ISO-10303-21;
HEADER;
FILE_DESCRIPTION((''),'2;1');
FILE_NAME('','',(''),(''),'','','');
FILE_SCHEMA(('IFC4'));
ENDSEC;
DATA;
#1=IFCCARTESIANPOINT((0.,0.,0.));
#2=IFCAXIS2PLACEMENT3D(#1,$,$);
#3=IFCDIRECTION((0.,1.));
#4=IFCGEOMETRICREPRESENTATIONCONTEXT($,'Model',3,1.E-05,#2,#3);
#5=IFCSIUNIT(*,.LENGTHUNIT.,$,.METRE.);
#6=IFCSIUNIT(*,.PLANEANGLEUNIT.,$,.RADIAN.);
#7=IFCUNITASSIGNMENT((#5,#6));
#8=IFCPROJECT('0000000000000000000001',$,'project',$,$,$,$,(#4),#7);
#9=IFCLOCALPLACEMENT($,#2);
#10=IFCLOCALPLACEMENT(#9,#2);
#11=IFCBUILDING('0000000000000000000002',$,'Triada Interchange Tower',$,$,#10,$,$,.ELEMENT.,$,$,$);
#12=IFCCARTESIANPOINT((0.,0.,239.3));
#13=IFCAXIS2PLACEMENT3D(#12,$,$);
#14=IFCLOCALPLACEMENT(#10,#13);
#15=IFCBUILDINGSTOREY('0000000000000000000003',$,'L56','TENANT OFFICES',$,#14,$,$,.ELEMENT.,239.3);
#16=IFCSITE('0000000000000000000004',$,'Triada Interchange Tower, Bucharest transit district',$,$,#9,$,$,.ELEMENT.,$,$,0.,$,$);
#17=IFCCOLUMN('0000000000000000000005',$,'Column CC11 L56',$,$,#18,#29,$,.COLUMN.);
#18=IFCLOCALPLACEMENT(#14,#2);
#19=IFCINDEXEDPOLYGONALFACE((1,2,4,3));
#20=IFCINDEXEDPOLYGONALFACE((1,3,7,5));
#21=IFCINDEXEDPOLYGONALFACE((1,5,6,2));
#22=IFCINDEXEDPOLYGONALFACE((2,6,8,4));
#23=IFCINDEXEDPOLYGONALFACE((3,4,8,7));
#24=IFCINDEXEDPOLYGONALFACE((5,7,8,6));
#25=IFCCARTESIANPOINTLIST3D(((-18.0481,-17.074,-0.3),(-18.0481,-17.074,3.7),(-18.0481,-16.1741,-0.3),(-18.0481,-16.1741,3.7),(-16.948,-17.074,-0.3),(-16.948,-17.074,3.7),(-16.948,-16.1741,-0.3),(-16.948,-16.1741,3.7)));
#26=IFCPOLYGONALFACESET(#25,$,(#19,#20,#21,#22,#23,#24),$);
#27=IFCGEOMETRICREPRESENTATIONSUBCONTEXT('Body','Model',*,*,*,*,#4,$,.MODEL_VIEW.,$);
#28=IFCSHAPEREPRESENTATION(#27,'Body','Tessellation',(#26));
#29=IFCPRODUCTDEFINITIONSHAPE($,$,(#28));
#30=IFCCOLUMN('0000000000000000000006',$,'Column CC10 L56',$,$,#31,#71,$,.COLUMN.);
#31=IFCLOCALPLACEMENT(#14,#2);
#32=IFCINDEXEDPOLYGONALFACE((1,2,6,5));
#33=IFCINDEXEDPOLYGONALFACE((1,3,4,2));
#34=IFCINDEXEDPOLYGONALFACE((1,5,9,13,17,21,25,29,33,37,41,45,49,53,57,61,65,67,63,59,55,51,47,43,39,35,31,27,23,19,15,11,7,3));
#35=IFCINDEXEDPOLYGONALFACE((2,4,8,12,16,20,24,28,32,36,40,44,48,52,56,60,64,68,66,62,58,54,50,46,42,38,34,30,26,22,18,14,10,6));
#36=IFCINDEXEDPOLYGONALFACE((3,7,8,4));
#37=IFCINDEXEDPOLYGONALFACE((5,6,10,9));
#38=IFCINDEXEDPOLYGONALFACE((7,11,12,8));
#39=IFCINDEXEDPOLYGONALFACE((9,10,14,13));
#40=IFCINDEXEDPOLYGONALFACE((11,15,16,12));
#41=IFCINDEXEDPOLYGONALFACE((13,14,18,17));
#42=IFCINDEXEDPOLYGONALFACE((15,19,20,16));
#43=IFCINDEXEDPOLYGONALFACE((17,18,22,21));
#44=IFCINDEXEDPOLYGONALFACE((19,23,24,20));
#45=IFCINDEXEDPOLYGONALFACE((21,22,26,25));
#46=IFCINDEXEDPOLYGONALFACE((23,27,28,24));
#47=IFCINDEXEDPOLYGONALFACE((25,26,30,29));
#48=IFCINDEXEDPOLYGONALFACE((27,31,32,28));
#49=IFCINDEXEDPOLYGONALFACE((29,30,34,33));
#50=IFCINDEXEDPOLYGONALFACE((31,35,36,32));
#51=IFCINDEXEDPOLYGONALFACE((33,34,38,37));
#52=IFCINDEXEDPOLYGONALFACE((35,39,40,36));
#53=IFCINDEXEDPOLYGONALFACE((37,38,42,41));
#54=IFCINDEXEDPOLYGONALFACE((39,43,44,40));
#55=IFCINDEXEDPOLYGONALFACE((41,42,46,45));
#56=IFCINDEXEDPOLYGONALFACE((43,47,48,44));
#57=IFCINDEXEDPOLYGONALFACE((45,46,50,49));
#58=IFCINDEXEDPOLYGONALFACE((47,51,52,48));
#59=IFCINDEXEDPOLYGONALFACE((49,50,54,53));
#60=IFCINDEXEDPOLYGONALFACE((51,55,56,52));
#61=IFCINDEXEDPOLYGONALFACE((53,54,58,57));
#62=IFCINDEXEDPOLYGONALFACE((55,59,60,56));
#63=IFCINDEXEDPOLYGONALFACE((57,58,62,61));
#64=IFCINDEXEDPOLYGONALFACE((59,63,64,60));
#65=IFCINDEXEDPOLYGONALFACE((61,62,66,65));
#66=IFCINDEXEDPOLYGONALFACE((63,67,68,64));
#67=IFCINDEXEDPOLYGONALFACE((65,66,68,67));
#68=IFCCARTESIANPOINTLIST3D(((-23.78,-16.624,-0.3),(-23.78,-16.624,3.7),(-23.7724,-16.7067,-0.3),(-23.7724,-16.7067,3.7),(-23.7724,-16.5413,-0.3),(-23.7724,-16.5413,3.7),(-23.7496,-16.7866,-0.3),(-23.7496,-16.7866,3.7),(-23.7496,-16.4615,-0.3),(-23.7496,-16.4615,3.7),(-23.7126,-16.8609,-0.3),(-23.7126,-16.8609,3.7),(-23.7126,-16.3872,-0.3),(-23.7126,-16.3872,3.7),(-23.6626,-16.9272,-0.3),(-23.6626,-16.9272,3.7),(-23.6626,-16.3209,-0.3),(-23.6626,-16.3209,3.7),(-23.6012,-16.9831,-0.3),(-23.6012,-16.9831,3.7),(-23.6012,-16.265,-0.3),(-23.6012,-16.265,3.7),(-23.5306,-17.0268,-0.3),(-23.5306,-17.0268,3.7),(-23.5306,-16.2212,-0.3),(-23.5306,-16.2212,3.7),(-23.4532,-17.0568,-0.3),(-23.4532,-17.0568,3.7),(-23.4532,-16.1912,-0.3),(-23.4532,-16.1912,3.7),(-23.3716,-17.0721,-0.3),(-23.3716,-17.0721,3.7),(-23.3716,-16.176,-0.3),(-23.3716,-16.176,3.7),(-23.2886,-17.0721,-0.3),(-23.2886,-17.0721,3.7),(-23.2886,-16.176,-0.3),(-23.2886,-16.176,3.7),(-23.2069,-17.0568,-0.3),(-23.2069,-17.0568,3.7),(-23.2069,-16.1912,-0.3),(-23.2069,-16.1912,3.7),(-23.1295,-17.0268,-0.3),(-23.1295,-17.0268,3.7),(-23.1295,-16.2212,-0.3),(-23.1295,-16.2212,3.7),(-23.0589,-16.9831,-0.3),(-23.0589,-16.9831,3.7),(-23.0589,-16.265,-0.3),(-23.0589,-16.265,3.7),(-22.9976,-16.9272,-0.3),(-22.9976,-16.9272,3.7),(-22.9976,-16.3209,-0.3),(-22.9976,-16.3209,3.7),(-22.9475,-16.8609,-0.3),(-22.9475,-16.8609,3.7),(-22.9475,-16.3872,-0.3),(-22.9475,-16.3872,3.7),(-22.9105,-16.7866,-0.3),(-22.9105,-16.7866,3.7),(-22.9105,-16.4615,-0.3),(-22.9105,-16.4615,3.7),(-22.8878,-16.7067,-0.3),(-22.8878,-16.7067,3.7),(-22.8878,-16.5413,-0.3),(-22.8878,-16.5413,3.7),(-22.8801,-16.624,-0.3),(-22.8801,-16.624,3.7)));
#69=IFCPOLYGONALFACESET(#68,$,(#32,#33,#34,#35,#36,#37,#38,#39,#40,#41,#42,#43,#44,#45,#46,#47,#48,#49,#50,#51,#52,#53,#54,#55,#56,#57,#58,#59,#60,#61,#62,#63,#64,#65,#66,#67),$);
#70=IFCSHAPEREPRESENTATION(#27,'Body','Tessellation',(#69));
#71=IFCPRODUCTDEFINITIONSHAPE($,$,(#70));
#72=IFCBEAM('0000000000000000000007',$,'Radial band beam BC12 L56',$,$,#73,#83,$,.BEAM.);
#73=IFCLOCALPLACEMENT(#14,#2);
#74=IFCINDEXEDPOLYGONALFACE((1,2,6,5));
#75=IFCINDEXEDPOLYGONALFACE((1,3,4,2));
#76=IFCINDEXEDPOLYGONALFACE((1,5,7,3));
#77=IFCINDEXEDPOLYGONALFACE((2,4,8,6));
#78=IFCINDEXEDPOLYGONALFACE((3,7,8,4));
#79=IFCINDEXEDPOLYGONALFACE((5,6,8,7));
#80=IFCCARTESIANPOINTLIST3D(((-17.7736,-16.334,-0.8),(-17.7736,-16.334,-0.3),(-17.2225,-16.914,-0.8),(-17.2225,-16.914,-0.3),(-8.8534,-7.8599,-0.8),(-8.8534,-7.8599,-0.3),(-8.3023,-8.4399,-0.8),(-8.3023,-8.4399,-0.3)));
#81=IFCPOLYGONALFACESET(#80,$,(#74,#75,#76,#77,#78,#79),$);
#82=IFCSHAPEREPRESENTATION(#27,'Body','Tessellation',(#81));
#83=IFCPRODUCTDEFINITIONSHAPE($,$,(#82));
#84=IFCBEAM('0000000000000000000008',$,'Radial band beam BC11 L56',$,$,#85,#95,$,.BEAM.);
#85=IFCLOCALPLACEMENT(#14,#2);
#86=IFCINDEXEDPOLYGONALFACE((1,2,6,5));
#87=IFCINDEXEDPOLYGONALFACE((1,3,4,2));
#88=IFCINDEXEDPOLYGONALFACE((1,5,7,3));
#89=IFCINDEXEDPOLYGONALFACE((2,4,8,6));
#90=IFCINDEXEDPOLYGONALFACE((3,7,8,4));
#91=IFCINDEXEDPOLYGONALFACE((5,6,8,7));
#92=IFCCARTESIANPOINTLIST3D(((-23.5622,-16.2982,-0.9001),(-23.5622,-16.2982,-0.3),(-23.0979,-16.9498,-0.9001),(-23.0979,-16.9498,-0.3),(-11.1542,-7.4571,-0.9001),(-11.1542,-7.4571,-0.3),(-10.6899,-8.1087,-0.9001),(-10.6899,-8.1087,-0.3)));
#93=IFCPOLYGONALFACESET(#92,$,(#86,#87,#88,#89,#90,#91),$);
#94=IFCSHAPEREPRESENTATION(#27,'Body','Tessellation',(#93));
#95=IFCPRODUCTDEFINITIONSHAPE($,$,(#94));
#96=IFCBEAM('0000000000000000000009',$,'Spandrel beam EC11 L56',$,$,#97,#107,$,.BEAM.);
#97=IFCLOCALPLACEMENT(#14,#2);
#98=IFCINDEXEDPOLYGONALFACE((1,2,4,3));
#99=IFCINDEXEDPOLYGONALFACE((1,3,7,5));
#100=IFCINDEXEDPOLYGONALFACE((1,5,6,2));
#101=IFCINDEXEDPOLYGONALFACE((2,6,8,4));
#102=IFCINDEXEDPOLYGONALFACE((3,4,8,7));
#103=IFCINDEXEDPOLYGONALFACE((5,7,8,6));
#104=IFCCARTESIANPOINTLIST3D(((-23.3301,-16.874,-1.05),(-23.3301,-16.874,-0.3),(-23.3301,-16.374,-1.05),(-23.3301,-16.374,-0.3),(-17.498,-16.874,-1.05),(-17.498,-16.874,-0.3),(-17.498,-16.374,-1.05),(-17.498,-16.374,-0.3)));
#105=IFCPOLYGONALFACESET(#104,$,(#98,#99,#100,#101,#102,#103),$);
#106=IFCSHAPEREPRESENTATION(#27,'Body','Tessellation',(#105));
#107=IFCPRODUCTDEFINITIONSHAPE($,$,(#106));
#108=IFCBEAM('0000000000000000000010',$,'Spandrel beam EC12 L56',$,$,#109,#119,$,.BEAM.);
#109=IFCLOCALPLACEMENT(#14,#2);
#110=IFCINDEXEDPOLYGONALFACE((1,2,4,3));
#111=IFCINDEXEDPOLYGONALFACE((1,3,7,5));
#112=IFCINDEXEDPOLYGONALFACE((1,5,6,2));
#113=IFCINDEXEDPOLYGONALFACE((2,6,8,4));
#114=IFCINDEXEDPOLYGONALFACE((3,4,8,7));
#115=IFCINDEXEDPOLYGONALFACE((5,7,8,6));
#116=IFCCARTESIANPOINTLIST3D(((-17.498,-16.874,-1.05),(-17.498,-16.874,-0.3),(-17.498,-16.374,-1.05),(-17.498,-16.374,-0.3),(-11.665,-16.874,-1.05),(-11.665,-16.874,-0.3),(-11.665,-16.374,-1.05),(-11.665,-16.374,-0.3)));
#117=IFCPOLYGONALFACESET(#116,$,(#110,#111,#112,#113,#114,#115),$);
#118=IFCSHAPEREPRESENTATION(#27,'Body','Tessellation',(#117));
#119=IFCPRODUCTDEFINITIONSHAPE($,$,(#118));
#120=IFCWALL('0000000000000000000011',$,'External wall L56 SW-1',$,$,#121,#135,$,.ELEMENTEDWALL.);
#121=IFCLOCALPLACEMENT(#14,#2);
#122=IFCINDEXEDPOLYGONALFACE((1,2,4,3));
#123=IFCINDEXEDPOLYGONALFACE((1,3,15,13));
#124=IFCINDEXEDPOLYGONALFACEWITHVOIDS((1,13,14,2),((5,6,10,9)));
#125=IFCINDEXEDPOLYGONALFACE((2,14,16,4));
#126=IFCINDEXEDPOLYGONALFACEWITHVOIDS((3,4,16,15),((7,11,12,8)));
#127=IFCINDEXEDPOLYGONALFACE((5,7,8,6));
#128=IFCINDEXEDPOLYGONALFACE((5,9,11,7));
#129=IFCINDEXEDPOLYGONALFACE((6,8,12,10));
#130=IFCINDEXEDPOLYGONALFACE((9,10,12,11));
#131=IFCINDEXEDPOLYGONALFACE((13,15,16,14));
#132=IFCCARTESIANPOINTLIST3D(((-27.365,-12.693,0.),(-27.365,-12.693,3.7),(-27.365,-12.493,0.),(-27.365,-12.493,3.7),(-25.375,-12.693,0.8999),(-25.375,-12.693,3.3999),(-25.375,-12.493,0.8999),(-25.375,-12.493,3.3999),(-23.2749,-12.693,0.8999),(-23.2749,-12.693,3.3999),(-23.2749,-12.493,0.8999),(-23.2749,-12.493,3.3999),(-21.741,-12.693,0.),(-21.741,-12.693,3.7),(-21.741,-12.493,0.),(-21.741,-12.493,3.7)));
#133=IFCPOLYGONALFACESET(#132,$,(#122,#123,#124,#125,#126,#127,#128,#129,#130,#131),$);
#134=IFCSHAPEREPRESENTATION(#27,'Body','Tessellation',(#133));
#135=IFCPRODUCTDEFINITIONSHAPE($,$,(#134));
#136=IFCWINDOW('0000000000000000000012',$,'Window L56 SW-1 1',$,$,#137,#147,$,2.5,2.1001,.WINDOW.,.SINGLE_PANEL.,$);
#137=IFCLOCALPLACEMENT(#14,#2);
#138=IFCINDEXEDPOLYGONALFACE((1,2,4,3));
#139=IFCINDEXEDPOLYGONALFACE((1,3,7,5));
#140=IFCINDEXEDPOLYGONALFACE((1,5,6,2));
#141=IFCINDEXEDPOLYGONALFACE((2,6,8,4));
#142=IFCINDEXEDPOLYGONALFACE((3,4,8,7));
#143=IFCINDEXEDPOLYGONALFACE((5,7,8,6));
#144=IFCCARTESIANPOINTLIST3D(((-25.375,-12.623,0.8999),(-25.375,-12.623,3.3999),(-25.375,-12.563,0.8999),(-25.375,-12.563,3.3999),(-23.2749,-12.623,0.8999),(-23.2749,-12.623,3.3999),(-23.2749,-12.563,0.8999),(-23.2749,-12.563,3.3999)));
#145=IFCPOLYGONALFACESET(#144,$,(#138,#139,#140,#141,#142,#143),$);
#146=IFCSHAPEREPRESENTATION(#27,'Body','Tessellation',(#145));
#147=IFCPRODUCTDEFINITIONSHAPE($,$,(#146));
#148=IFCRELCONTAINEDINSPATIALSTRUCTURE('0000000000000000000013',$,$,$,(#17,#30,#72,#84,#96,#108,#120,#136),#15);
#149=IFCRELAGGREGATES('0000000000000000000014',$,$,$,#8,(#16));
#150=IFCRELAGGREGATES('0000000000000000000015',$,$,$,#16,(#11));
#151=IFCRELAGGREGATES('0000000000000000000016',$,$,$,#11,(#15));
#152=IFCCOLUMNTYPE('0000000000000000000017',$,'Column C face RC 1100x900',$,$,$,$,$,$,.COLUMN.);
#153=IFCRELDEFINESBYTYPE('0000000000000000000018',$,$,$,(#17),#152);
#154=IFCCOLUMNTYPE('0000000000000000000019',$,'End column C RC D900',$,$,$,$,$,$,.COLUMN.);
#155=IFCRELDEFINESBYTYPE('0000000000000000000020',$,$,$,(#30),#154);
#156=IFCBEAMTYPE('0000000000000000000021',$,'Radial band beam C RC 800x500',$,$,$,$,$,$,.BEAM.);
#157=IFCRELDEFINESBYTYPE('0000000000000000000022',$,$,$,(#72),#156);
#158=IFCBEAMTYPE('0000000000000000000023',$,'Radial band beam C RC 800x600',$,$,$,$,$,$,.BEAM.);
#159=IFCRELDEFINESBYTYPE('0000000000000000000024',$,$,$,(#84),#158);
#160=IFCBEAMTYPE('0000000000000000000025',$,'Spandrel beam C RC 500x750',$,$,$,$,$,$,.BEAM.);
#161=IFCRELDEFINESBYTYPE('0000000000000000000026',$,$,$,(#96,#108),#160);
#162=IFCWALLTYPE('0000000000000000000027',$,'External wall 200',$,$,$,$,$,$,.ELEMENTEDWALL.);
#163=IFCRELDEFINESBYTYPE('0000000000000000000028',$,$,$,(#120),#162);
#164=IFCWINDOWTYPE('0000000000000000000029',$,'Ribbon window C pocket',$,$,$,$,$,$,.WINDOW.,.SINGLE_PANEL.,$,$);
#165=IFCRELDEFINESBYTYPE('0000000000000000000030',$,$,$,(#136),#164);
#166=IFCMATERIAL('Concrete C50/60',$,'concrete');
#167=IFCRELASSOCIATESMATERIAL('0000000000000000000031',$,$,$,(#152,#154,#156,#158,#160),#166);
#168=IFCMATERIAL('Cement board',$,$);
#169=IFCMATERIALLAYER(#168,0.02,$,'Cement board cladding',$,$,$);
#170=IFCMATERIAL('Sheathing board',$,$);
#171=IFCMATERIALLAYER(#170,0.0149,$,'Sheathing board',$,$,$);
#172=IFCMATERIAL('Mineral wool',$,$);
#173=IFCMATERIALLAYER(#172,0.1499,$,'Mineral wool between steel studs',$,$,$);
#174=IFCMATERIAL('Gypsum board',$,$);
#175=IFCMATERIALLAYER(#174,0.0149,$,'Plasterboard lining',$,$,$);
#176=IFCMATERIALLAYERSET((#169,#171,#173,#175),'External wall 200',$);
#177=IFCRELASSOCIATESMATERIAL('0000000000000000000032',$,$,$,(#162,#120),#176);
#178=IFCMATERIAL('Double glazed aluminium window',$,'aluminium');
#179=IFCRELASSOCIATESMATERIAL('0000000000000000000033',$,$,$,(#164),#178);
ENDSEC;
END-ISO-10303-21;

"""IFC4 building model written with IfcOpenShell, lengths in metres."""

from ifc_helpers import new_model, si_unit, direction, frame, frame_2d, origin, origin_2d, place, context, subcontext, project, spatial, rectangle, circle, extrude, material, layer, layer_set, layer_usage, material_profile, profile_set, type_object, element, fill, save


model = new_model("IFC4")

# Units and contexts
model_context = context("Model", 3, precision=1e-05, world=origin(), true_north=direction((0.0, 1.0)))
body_context = subcontext(model_context, "Body", "Model", "MODEL_VIEW")
ifc_project = project(units=[si_unit("LENGTHUNIT", "METRE"), si_unit("PLANEANGLEUNIT", "RADIAN")], contexts=[model_context])

# Site, building, storey
site_placement = place(None, origin())
site = spatial("IfcSite", under=ifc_project, at=site_placement, Name="Triada Interchange Tower, Bucharest transit district", CompositionType="ELEMENT", RefElevation=0.0)
building_placement = place(site_placement, origin())
building = spatial("IfcBuilding", under=site, at=building_placement, Name="Triada Interchange Tower", CompositionType="ELEMENT")
storey_placement = place(building_placement, frame((0.0, 0.0, 239.3)))
storey = spatial("IfcBuildingStorey", under=building, at=storey_placement, Name="L56", Description="TENANT OFFICES", CompositionType="ELEMENT", Elevation=239.3)

# Columns
ifc_material_1 = material(Name="Concrete C50/60", Category="concrete")
ifc_material_profile_1 = material_profile(ifc_material_1, rectangle(XDim=1.1001, YDim=0.8999, at=origin_2d()), Name="RC 1100x900")
ifc_profile_set_1 = profile_set([ifc_material_profile_1], Name="Concrete C50/60")
column_type_1 = type_object("IfcColumnType", Name="Column C face RC 1100x900", PredefinedType="COLUMN", material=ifc_profile_set_1)
column_1_placement = place(storey_placement, frame((-17.498, -16.624, -0.3), z_axis=(0.0, 0.0, 1.0), x_axis=(1.0, 0.0, 0.0)))
element("IfcColumn", 1, at=column_1_placement, inside=storey, type_object=column_type_1, Name="Column CC11 L56", PredefinedType="COLUMN", context=body_context, shape_type="SweptSolid", body=[
    extrude(rectangle(XDim=1.1001, YDim=0.8999, at=origin_2d()), origin(), (0.0, 0.0, 1.0), 4.0),
])
ifc_material_profile_2 = material_profile(ifc_material_1, circle(Radius=0.45, at=origin_2d()), Name="RC D900")
ifc_profile_set_2 = profile_set([ifc_material_profile_2], Name="Concrete C50/60")
column_type_2 = type_object("IfcColumnType", Name="End column C RC D900", PredefinedType="COLUMN", material=ifc_profile_set_2)
column_2_placement = place(storey_placement, frame((-23.3301, -16.624, -0.3), z_axis=(0.0, 0.0, 1.0), x_axis=(1.0, 0.0, 0.0)))
element("IfcColumn", 2, at=column_2_placement, inside=storey, type_object=column_type_2, Name="Column CC10 L56", PredefinedType="COLUMN", context=body_context, shape_type="SweptSolid", body=[
    extrude(circle(Radius=0.45, at=origin_2d()), origin(), (0.0, 0.0, 1.0), 4.0),
])

# Beams
ifc_material_profile_3 = material_profile(ifc_material_1, rectangle(XDim=0.8, YDim=0.5, at=origin_2d()), Name="RC 800x500")
ifc_profile_set_3 = profile_set([ifc_material_profile_3], Name="Concrete C50/60")
beam_type_1 = type_object("IfcBeamType", Name="Radial band beam C RC 800x500", PredefinedType="BEAM", material=ifc_profile_set_3)
beam_1_placement = place(storey_placement, frame((-17.498, -16.624, -0.55), z_axis=(0.725001, 0.688748, 0.0), x_axis=(-0.688748, 0.725001, 0.0)))
element("IfcBeam", 3, at=beam_1_placement, inside=storey, type_object=beam_type_1, Name="Radial band beam BC12 L56", PredefinedType="BEAM", context=body_context, shape_type="SweptSolid", body=[
    extrude(rectangle(XDim=0.8, YDim=0.5, at=origin_2d()), origin(), (0.0, 0.0, 1.0), 12.3037),
])
ifc_material_profile_4 = material_profile(ifc_material_1, rectangle(XDim=0.8, YDim=0.6001, at=origin_2d()), Name="RC 800x600")
ifc_profile_set_4 = profile_set([ifc_material_profile_4], Name="Concrete C50/60")
beam_type_2 = type_object("IfcBeamType", Name="Radial band beam C RC 800x600", PredefinedType="BEAM", material=ifc_profile_set_4)
beam_2_placement = place(storey_placement, frame((-23.3301, -16.624, -0.6001), z_axis=(0.814409, 0.580292, 0.0), x_axis=(-0.580292, 0.814409, 0.0)))
element("IfcBeam", 4, at=beam_2_placement, inside=storey, type_object=beam_type_2, Name="Radial band beam BC11 L56", PredefinedType="BEAM", context=body_context, shape_type="SweptSolid", body=[
    extrude(rectangle(XDim=0.8, YDim=0.6001, at=origin_2d()), origin(), (0.0, 0.0, 1.0), 15.2356),
])
ifc_material_profile_5 = material_profile(ifc_material_1, rectangle(XDim=0.5, YDim=0.75, at=origin_2d()), Name="RC 500x750")
ifc_profile_set_5 = profile_set([ifc_material_profile_5], Name="Concrete C50/60")
beam_type_3 = type_object("IfcBeamType", Name="Spandrel beam C RC 500x750", PredefinedType="BEAM", material=ifc_profile_set_5)
beam_3_placement = place(storey_placement, frame((-23.3301, -16.624, -0.675), z_axis=(1.0, 0.0, 0.0), x_axis=(0.0, 1.0, 0.0)))
element("IfcBeam", 5, at=beam_3_placement, inside=storey, type_object=beam_type_3, Name="Spandrel beam EC11 L56", PredefinedType="BEAM", context=body_context, shape_type="SweptSolid", body=[
    extrude(rectangle(XDim=0.5, YDim=0.75, at=origin_2d()), origin(), (0.0, 0.0, 1.0), 5.832),
])
beam_4_placement = place(storey_placement, frame((-17.498, -16.624, -0.675), z_axis=(1.0, 0.0, 0.0), x_axis=(0.0, 1.0, 0.0)))
element("IfcBeam", 6, at=beam_4_placement, inside=storey, type_object=beam_type_3, Name="Spandrel beam EC12 L56", PredefinedType="BEAM", context=body_context, shape_type="SweptSolid", body=[
    extrude(rectangle(XDim=0.5, YDim=0.75, at=origin_2d()), origin(), (0.0, 0.0, 1.0), 5.833),
])

# Wall, opening, window
ifc_material_2 = material(Name="Cement board")
ifc_layer_1 = layer(ifc_material_2, 0.02, Name="Cement board cladding")
ifc_material_3 = material(Name="Sheathing board")
ifc_layer_2 = layer(ifc_material_3, 0.0149, Name="Sheathing board")
ifc_material_4 = material(Name="Mineral wool")
ifc_layer_3 = layer(ifc_material_4, 0.1499, Name="Mineral wool between steel studs")
ifc_material_5 = material(Name="Gypsum board")
ifc_layer_4 = layer(ifc_material_5, 0.0149, Name="Plasterboard lining")
ifc_layer_set_1 = layer_set([ifc_layer_1, ifc_layer_2, ifc_layer_3, ifc_layer_4], Name="External wall 200")
ifc_layer_usage = layer_usage(ifc_layer_set_1, "AXIS2", "POSITIVE", -0.1001)
wall_type_1 = type_object("IfcWallType", Name="External wall 200", PredefinedType="ELEMENTEDWALL", material=ifc_layer_set_1)
wall_1_placement = place(storey_placement, frame((-27.365, -12.593, 0.0), z_axis=(0.0, 0.0, 1.0), x_axis=(1.0, 0.0, 0.0)))
wall_1 = element("IfcWall", 7, at=wall_1_placement, inside=storey, type_object=wall_type_1, material=ifc_layer_usage, Name="External wall L56 SW-1", PredefinedType="ELEMENTEDWALL", context=body_context, shape_type="SweptSolid", body=[
    extrude(rectangle(XDim=5.624, YDim=0.2, at=frame_2d((2.812, 0.0))), origin(), (0.0, 0.0, 1.0), 3.7),
])
opening_1_placement = place(wall_1_placement, frame((1.99, 0.0, 0.8999)))
opening_1 = element("IfcOpeningElement", 8, at=opening_1_placement, cuts=wall_1, PredefinedType="OPENING", context=body_context, shape_type="SweptSolid", body=[
    extrude(rectangle(XDim=2.1001, YDim=2.5, at=frame_2d((1.05, 1.25))), frame((0.0, 0.1099, 0.0), z_axis=(0.0, -1.0, 0.0), x_axis=(1.0, 0.0, 0.0)), (0.0, 0.0, 1.0), 0.22),
])
ifc_material_6 = material(Name="Double glazed aluminium window", Category="aluminium")
window_type_1 = type_object("IfcWindowType", Name="Ribbon window C pocket", PartitioningType="SINGLE_PANEL", PredefinedType="WINDOW", material=ifc_material_6)
window_1_placement = place(opening_1_placement, origin())
window_1 = element("IfcWindow", 9, at=window_1_placement, inside=storey, type_object=window_type_1, Name="Window L56 SW-1 1", OverallHeight=2.5, OverallWidth=2.1001, PartitioningType="SINGLE_PANEL", PredefinedType="WINDOW", context=body_context, shape_type="SweptSolid", body=[
    extrude(rectangle(XDim=2.1001, YDim=2.5, at=frame_2d((1.05, 1.25))), frame((0.0, 0.03, 0.0), z_axis=(0.0, -1.0, 0.0), x_axis=(1.0, 0.0, 0.0)), (0.0, 0.0, 1.0), 0.0601),
])
fill(opening_1, window_1)

save(model, "model.ifc")
